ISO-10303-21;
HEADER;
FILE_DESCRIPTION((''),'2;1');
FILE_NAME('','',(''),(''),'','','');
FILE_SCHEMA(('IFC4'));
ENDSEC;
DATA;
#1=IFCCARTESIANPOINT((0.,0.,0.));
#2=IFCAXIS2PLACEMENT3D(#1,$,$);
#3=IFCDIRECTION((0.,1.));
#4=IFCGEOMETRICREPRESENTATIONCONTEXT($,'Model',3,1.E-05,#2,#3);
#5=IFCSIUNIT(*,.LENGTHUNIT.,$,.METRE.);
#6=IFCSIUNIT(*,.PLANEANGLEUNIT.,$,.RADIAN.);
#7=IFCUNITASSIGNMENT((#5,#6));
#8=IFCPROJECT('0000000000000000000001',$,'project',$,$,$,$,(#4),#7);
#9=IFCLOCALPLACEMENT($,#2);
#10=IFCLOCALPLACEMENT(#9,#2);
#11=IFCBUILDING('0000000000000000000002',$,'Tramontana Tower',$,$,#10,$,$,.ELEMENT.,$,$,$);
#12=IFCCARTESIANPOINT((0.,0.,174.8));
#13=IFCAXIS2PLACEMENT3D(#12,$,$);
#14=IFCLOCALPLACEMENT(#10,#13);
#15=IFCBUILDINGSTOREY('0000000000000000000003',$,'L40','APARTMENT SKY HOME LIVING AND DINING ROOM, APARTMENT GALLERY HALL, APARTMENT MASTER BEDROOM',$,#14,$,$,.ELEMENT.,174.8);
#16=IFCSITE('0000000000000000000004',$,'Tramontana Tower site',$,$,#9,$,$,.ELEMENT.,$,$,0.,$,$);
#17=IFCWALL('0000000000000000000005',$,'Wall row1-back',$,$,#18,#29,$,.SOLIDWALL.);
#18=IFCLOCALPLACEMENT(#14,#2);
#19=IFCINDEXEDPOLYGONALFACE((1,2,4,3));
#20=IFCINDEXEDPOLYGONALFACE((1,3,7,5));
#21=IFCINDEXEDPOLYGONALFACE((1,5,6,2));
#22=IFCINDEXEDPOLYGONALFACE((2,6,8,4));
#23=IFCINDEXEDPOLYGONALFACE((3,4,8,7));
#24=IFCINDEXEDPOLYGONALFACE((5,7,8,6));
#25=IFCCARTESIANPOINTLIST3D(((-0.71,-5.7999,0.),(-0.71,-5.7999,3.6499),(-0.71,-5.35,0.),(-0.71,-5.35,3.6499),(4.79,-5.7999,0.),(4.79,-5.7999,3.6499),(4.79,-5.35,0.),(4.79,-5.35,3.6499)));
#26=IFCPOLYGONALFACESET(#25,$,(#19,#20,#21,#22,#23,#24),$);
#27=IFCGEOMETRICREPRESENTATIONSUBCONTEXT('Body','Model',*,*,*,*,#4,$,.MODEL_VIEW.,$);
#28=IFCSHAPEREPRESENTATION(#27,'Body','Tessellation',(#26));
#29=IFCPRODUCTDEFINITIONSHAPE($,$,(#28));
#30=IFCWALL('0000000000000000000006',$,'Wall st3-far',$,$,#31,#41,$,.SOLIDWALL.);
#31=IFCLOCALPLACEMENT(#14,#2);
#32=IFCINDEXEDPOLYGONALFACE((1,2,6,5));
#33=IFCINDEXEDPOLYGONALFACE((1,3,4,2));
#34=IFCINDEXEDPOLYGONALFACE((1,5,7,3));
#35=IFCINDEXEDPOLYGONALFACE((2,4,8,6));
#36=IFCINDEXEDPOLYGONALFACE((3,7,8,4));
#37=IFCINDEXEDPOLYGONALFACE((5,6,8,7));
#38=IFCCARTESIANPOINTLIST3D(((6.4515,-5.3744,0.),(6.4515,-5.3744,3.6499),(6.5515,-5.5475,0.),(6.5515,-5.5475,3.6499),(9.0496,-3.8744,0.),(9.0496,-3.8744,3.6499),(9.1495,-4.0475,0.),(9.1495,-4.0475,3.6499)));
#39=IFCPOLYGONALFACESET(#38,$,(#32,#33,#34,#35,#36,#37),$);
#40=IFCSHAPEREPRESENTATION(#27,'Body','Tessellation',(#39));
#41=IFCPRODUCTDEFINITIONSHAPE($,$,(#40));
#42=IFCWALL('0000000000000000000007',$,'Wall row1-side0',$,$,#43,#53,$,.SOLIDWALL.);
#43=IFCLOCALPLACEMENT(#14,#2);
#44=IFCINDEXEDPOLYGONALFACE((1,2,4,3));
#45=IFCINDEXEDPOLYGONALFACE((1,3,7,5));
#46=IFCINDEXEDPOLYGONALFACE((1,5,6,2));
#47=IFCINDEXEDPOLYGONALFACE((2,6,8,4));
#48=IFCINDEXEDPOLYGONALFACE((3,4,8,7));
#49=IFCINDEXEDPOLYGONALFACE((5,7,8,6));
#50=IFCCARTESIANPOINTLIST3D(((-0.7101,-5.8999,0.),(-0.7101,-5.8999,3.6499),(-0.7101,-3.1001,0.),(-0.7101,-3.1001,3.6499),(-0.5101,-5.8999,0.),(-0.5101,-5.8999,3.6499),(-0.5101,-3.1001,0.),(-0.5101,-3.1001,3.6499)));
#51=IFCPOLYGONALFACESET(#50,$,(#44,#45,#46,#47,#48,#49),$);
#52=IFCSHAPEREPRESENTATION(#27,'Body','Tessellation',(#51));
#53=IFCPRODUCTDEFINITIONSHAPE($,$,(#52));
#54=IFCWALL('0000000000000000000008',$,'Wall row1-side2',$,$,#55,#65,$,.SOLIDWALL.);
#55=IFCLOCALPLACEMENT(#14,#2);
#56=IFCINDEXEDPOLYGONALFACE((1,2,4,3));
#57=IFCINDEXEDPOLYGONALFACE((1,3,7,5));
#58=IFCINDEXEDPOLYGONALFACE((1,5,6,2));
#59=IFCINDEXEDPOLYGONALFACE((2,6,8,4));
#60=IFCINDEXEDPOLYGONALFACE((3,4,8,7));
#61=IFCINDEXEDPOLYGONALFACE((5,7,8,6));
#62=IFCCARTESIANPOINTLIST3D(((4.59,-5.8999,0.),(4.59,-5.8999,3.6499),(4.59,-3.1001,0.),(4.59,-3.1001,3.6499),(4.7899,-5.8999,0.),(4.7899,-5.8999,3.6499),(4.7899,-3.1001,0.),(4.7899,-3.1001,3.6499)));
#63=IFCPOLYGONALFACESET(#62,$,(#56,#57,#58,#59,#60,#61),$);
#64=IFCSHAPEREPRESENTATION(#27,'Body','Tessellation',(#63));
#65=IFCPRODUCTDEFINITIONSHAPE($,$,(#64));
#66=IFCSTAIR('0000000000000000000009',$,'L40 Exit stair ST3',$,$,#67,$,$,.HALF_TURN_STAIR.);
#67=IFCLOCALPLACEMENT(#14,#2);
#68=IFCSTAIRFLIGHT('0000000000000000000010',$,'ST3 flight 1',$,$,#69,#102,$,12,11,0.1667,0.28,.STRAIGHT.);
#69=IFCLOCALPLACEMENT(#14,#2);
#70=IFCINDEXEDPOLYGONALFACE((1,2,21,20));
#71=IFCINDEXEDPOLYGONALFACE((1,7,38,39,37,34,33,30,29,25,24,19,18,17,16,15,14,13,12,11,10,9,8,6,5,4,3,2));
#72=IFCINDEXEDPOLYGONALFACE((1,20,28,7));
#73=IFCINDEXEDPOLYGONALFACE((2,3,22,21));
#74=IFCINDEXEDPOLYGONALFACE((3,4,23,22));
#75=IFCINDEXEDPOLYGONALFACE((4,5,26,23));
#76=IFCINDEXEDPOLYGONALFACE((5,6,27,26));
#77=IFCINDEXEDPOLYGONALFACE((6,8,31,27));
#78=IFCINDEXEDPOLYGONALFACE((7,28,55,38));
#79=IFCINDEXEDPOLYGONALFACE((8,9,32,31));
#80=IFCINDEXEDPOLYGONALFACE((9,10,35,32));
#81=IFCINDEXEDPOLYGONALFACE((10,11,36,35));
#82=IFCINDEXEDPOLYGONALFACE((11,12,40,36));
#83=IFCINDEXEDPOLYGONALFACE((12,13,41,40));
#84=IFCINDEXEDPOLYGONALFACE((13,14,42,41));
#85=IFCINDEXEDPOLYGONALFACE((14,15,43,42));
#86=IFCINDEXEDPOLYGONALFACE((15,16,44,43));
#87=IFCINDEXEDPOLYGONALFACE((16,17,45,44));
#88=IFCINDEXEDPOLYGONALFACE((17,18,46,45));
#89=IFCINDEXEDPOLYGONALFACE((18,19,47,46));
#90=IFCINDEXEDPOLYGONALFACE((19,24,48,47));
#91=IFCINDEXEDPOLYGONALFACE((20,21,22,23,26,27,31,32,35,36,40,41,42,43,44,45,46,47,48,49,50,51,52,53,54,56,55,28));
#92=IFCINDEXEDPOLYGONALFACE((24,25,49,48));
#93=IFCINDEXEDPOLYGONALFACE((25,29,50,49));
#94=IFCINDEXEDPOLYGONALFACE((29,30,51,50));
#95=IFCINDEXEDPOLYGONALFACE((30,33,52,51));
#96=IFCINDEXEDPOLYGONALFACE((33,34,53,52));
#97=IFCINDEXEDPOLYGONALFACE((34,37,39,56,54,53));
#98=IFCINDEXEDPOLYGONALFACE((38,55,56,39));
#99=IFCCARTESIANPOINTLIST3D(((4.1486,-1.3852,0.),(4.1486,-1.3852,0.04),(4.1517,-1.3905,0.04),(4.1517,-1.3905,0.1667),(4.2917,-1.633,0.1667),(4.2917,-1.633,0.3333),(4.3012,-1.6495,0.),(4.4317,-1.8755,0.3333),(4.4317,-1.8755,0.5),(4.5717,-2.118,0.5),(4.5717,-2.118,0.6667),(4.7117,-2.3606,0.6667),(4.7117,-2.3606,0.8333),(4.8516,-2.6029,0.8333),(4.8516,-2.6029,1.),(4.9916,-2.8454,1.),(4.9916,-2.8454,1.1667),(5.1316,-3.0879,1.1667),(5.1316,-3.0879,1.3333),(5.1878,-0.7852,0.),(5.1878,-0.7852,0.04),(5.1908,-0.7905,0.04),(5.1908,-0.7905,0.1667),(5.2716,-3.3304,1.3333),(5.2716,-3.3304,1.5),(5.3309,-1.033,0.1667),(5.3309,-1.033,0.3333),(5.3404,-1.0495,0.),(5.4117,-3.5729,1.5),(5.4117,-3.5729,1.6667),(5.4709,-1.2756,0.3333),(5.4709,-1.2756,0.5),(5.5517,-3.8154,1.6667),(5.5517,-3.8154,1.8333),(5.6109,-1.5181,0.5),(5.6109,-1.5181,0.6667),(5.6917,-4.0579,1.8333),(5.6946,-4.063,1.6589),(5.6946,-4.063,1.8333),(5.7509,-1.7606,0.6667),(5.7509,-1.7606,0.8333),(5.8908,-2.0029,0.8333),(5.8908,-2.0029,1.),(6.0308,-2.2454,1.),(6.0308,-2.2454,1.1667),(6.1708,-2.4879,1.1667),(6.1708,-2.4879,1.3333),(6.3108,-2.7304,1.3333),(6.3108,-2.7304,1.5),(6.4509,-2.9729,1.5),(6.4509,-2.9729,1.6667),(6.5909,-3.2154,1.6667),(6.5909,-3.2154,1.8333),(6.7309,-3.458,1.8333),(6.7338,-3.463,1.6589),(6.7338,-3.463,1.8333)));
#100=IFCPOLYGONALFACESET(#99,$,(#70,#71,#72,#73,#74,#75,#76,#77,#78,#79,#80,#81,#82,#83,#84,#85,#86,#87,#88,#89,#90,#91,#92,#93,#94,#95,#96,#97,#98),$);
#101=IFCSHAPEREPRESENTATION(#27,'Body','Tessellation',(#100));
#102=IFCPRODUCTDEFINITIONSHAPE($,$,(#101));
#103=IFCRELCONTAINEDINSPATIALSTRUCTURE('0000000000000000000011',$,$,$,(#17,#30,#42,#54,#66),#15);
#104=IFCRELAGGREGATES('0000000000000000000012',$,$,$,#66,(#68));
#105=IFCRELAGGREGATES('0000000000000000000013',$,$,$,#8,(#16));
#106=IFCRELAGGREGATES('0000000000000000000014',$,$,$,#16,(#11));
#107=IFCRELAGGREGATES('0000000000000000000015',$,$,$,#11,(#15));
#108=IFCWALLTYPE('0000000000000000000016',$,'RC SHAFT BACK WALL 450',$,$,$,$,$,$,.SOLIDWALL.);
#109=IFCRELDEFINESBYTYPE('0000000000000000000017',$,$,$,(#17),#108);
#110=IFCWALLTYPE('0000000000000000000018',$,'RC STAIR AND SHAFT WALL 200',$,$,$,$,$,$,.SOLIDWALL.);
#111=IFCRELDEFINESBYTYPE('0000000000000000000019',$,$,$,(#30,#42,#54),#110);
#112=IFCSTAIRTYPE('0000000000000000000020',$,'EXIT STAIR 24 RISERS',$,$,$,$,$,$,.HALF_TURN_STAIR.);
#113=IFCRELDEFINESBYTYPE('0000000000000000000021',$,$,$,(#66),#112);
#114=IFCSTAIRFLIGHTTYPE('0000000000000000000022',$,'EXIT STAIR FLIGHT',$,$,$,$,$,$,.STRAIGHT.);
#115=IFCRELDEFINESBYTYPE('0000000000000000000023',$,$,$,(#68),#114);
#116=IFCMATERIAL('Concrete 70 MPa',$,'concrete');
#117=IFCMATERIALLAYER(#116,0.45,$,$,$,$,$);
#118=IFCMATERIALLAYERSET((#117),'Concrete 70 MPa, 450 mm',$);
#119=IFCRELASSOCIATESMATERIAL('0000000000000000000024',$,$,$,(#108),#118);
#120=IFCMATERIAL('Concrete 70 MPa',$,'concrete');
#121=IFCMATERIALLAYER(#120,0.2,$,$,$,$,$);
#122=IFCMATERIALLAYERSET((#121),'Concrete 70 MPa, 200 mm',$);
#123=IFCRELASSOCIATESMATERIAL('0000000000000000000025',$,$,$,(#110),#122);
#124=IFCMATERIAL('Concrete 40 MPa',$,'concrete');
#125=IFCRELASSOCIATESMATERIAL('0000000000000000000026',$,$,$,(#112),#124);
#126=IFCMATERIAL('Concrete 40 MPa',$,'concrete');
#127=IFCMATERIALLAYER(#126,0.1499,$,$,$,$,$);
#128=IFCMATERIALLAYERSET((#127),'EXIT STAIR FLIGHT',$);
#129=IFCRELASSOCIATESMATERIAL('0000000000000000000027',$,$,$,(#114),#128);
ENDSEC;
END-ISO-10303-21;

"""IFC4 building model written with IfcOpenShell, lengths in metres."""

from ifc_helpers import new_model, si_unit, direction, frame, frame_2d, origin, place, context, subcontext, project, spatial, polyline, rectangle, outline, extrude, material, layer, layer_set, type_object, element, aggregate, save


model = new_model("IFC4")

# Units and contexts
model_context = context("Model", 3, precision=1e-05, world=origin(), true_north=direction((0.0, 1.0)))
body_context = subcontext(model_context, "Body", "Model", "MODEL_VIEW")
ifc_project = project(units=[si_unit("LENGTHUNIT", "METRE"), si_unit("PLANEANGLEUNIT", "RADIAN")], contexts=[model_context])

# Site, building, storey
site_placement = place(None, origin())
site = spatial("IfcSite", under=ifc_project, at=site_placement, Name="Tramontana Tower site", CompositionType="ELEMENT", RefElevation=0.0)
building_placement = place(site_placement, origin())
building = spatial("IfcBuilding", under=site, at=building_placement, Name="Tramontana Tower", CompositionType="ELEMENT")
storey_placement = place(building_placement, frame((0.0, 0.0, 174.8)))
storey = spatial("IfcBuildingStorey", under=building, at=storey_placement, Name="L40", Description="APARTMENT SKY HOME LIVING AND DINING ROOM, APARTMENT GALLERY HALL, APARTMENT MASTER BEDROOM", CompositionType="ELEMENT", Elevation=174.8)

# Wall
ifc_material_1 = material(Name="Concrete 70 MPa", Category="concrete")
ifc_layer_1 = layer(ifc_material_1, 0.45)
ifc_layer_set_1 = layer_set([ifc_layer_1], Name="Concrete 70 MPa, 450 mm")
wall_type_1 = type_object("IfcWallType", Name="RC SHAFT BACK WALL 450", PredefinedType="SOLIDWALL", material=ifc_layer_set_1)
wall_1_placement = place(storey_placement, frame((-0.71, -5.575, 0.0), z_axis=(0.0, 0.0, 1.0), x_axis=(1.0, 0.0, 0.0)))
element("IfcWall", 1, at=wall_1_placement, inside=storey, type_object=wall_type_1, Name="Wall row1-back", PredefinedType="SOLIDWALL", context=body_context, shape_type="SweptSolid", body=[
    extrude(rectangle(XDim=5.5, YDim=0.45, at=frame_2d((2.75, 0.0))), origin(), (0.0, 0.0, 1.0), 3.6499),
])

# Shared definitions
ifc_material_2 = material(Name="Concrete 70 MPa", Category="concrete")
ifc_layer_2 = layer(ifc_material_2, 0.2)
ifc_layer_set_2 = layer_set([ifc_layer_2], Name="Concrete 70 MPa, 200 mm")
wall_type_2 = type_object("IfcWallType", Name="RC STAIR AND SHAFT WALL 200", PredefinedType="SOLIDWALL", material=ifc_layer_set_2)

# Wall
wall_2_placement = place(storey_placement, frame((6.5015, -5.4609, 0.0), z_axis=(0.0, 0.0, 1.0), x_axis=(0.866031, 0.49999, 0.0)))
element("IfcWall", 2, at=wall_2_placement, inside=storey, type_object=wall_type_2, Name="Wall st3-far", PredefinedType="SOLIDWALL", context=body_context, shape_type="SweptSolid", body=[
    extrude(rectangle(XDim=3.0, YDim=0.2, at=frame_2d((1.5, 0.0))), origin(), (0.0, 0.0, 1.0), 3.6499),
])

# Walls
for number, where, z_axis, x_axis, name in (
    (3, (-0.6101, -3.1001, 0.0), (0.0, 0.0, 1.0), (0.0, -1.0, 0.0), "Wall row1-side0"),
    (4, (4.6899, -3.1001, 0.0), (0.0, 0.0, 1.0), (0.0, -1.0, 0.0), "Wall row1-side2"),
):
    element("IfcWall", number, at=place(storey_placement, frame(where, z_axis=z_axis, x_axis=x_axis)), inside=storey, type_object=wall_type_2, Name=name, PredefinedType="SOLIDWALL", context=body_context, shape_type="SweptSolid", body=[
        extrude(rectangle(XDim=2.7998, YDim=0.2, at=frame_2d((1.3999, 0.0))), origin(), (0.0, 0.0, 1.0), 3.6499),
    ])

# Stair, stair flight
ifc_material_3 = material(Name="Concrete 40 MPa", Category="concrete")
stair_type = type_object("IfcStairType", Name="EXIT STAIR 24 RISERS", PredefinedType="HALF_TURN_STAIR", material=ifc_material_3)
stair_placement = place(storey_placement, origin())
stair = element("IfcStair", 5, at=stair_placement, inside=storey, type_object=stair_type, Name="L40 Exit stair ST3", PredefinedType="HALF_TURN_STAIR")
ifc_material_4 = material(Name="Concrete 40 MPa", Category="concrete")
ifc_layer_3 = layer(ifc_material_4, 0.1499)
ifc_layer_set_3 = layer_set([ifc_layer_3], Name="EXIT STAIR FLIGHT")
stair_flight_type = type_object("IfcStairFlightType", Name="EXIT STAIR FLIGHT", PredefinedType="STRAIGHT", material=ifc_layer_set_3)
stair_flight_placement = place(storey_placement, frame((4.6711, -1.0906, 0.0), z_axis=(0.0, 0.0, 1.0), x_axis=(0.5, -0.866025, 0.0)))
stair_flight = element("IfcStairFlight", 6, at=stair_flight_placement, type_object=stair_flight_type, Name="ST3 flight 1", NumberOfRisers=12, NumberOfTreads=11, PredefinedType="STRAIGHT", RiserHeight=0.1667, TreadLength=0.28, context=body_context, shape_type="SweptSolid", body=[
    extrude(outline(polyline([(-0.0061, 0.0), (-0.0061, 0.04), (0.0, 0.04), (0.0, 0.1667), (0.28, 0.1667), (0.28, 0.3333), (0.5601, 0.3333), (0.5601, 0.5), (0.8401, 0.5), (0.8401, 0.6667), (1.1201, 0.6667), (1.1201, 0.8333), (1.3999, 0.8333), (1.3999, 1.0), (1.6799, 1.0), (1.6799, 1.1667), (1.96, 1.1667), (1.96, 1.3333), (2.24, 1.3333), (2.24, 1.5), (2.52, 1.5), (2.52, 1.6667), (2.8, 1.6667), (2.8, 1.8333), (3.0801, 1.8333), (3.0859, 1.8333), (3.0859, 1.6589), (0.2991, 0.0), (-0.0061, 0.0)])), frame((0.0, 0.6001, 0.0), z_axis=(0.0, -1.0, 0.0), x_axis=(1.0, 0.0, 0.0)), (0.0, 0.0, 1.0), 1.2),
])
aggregate(stair, [stair_flight])

save(model, "model.ifc")
